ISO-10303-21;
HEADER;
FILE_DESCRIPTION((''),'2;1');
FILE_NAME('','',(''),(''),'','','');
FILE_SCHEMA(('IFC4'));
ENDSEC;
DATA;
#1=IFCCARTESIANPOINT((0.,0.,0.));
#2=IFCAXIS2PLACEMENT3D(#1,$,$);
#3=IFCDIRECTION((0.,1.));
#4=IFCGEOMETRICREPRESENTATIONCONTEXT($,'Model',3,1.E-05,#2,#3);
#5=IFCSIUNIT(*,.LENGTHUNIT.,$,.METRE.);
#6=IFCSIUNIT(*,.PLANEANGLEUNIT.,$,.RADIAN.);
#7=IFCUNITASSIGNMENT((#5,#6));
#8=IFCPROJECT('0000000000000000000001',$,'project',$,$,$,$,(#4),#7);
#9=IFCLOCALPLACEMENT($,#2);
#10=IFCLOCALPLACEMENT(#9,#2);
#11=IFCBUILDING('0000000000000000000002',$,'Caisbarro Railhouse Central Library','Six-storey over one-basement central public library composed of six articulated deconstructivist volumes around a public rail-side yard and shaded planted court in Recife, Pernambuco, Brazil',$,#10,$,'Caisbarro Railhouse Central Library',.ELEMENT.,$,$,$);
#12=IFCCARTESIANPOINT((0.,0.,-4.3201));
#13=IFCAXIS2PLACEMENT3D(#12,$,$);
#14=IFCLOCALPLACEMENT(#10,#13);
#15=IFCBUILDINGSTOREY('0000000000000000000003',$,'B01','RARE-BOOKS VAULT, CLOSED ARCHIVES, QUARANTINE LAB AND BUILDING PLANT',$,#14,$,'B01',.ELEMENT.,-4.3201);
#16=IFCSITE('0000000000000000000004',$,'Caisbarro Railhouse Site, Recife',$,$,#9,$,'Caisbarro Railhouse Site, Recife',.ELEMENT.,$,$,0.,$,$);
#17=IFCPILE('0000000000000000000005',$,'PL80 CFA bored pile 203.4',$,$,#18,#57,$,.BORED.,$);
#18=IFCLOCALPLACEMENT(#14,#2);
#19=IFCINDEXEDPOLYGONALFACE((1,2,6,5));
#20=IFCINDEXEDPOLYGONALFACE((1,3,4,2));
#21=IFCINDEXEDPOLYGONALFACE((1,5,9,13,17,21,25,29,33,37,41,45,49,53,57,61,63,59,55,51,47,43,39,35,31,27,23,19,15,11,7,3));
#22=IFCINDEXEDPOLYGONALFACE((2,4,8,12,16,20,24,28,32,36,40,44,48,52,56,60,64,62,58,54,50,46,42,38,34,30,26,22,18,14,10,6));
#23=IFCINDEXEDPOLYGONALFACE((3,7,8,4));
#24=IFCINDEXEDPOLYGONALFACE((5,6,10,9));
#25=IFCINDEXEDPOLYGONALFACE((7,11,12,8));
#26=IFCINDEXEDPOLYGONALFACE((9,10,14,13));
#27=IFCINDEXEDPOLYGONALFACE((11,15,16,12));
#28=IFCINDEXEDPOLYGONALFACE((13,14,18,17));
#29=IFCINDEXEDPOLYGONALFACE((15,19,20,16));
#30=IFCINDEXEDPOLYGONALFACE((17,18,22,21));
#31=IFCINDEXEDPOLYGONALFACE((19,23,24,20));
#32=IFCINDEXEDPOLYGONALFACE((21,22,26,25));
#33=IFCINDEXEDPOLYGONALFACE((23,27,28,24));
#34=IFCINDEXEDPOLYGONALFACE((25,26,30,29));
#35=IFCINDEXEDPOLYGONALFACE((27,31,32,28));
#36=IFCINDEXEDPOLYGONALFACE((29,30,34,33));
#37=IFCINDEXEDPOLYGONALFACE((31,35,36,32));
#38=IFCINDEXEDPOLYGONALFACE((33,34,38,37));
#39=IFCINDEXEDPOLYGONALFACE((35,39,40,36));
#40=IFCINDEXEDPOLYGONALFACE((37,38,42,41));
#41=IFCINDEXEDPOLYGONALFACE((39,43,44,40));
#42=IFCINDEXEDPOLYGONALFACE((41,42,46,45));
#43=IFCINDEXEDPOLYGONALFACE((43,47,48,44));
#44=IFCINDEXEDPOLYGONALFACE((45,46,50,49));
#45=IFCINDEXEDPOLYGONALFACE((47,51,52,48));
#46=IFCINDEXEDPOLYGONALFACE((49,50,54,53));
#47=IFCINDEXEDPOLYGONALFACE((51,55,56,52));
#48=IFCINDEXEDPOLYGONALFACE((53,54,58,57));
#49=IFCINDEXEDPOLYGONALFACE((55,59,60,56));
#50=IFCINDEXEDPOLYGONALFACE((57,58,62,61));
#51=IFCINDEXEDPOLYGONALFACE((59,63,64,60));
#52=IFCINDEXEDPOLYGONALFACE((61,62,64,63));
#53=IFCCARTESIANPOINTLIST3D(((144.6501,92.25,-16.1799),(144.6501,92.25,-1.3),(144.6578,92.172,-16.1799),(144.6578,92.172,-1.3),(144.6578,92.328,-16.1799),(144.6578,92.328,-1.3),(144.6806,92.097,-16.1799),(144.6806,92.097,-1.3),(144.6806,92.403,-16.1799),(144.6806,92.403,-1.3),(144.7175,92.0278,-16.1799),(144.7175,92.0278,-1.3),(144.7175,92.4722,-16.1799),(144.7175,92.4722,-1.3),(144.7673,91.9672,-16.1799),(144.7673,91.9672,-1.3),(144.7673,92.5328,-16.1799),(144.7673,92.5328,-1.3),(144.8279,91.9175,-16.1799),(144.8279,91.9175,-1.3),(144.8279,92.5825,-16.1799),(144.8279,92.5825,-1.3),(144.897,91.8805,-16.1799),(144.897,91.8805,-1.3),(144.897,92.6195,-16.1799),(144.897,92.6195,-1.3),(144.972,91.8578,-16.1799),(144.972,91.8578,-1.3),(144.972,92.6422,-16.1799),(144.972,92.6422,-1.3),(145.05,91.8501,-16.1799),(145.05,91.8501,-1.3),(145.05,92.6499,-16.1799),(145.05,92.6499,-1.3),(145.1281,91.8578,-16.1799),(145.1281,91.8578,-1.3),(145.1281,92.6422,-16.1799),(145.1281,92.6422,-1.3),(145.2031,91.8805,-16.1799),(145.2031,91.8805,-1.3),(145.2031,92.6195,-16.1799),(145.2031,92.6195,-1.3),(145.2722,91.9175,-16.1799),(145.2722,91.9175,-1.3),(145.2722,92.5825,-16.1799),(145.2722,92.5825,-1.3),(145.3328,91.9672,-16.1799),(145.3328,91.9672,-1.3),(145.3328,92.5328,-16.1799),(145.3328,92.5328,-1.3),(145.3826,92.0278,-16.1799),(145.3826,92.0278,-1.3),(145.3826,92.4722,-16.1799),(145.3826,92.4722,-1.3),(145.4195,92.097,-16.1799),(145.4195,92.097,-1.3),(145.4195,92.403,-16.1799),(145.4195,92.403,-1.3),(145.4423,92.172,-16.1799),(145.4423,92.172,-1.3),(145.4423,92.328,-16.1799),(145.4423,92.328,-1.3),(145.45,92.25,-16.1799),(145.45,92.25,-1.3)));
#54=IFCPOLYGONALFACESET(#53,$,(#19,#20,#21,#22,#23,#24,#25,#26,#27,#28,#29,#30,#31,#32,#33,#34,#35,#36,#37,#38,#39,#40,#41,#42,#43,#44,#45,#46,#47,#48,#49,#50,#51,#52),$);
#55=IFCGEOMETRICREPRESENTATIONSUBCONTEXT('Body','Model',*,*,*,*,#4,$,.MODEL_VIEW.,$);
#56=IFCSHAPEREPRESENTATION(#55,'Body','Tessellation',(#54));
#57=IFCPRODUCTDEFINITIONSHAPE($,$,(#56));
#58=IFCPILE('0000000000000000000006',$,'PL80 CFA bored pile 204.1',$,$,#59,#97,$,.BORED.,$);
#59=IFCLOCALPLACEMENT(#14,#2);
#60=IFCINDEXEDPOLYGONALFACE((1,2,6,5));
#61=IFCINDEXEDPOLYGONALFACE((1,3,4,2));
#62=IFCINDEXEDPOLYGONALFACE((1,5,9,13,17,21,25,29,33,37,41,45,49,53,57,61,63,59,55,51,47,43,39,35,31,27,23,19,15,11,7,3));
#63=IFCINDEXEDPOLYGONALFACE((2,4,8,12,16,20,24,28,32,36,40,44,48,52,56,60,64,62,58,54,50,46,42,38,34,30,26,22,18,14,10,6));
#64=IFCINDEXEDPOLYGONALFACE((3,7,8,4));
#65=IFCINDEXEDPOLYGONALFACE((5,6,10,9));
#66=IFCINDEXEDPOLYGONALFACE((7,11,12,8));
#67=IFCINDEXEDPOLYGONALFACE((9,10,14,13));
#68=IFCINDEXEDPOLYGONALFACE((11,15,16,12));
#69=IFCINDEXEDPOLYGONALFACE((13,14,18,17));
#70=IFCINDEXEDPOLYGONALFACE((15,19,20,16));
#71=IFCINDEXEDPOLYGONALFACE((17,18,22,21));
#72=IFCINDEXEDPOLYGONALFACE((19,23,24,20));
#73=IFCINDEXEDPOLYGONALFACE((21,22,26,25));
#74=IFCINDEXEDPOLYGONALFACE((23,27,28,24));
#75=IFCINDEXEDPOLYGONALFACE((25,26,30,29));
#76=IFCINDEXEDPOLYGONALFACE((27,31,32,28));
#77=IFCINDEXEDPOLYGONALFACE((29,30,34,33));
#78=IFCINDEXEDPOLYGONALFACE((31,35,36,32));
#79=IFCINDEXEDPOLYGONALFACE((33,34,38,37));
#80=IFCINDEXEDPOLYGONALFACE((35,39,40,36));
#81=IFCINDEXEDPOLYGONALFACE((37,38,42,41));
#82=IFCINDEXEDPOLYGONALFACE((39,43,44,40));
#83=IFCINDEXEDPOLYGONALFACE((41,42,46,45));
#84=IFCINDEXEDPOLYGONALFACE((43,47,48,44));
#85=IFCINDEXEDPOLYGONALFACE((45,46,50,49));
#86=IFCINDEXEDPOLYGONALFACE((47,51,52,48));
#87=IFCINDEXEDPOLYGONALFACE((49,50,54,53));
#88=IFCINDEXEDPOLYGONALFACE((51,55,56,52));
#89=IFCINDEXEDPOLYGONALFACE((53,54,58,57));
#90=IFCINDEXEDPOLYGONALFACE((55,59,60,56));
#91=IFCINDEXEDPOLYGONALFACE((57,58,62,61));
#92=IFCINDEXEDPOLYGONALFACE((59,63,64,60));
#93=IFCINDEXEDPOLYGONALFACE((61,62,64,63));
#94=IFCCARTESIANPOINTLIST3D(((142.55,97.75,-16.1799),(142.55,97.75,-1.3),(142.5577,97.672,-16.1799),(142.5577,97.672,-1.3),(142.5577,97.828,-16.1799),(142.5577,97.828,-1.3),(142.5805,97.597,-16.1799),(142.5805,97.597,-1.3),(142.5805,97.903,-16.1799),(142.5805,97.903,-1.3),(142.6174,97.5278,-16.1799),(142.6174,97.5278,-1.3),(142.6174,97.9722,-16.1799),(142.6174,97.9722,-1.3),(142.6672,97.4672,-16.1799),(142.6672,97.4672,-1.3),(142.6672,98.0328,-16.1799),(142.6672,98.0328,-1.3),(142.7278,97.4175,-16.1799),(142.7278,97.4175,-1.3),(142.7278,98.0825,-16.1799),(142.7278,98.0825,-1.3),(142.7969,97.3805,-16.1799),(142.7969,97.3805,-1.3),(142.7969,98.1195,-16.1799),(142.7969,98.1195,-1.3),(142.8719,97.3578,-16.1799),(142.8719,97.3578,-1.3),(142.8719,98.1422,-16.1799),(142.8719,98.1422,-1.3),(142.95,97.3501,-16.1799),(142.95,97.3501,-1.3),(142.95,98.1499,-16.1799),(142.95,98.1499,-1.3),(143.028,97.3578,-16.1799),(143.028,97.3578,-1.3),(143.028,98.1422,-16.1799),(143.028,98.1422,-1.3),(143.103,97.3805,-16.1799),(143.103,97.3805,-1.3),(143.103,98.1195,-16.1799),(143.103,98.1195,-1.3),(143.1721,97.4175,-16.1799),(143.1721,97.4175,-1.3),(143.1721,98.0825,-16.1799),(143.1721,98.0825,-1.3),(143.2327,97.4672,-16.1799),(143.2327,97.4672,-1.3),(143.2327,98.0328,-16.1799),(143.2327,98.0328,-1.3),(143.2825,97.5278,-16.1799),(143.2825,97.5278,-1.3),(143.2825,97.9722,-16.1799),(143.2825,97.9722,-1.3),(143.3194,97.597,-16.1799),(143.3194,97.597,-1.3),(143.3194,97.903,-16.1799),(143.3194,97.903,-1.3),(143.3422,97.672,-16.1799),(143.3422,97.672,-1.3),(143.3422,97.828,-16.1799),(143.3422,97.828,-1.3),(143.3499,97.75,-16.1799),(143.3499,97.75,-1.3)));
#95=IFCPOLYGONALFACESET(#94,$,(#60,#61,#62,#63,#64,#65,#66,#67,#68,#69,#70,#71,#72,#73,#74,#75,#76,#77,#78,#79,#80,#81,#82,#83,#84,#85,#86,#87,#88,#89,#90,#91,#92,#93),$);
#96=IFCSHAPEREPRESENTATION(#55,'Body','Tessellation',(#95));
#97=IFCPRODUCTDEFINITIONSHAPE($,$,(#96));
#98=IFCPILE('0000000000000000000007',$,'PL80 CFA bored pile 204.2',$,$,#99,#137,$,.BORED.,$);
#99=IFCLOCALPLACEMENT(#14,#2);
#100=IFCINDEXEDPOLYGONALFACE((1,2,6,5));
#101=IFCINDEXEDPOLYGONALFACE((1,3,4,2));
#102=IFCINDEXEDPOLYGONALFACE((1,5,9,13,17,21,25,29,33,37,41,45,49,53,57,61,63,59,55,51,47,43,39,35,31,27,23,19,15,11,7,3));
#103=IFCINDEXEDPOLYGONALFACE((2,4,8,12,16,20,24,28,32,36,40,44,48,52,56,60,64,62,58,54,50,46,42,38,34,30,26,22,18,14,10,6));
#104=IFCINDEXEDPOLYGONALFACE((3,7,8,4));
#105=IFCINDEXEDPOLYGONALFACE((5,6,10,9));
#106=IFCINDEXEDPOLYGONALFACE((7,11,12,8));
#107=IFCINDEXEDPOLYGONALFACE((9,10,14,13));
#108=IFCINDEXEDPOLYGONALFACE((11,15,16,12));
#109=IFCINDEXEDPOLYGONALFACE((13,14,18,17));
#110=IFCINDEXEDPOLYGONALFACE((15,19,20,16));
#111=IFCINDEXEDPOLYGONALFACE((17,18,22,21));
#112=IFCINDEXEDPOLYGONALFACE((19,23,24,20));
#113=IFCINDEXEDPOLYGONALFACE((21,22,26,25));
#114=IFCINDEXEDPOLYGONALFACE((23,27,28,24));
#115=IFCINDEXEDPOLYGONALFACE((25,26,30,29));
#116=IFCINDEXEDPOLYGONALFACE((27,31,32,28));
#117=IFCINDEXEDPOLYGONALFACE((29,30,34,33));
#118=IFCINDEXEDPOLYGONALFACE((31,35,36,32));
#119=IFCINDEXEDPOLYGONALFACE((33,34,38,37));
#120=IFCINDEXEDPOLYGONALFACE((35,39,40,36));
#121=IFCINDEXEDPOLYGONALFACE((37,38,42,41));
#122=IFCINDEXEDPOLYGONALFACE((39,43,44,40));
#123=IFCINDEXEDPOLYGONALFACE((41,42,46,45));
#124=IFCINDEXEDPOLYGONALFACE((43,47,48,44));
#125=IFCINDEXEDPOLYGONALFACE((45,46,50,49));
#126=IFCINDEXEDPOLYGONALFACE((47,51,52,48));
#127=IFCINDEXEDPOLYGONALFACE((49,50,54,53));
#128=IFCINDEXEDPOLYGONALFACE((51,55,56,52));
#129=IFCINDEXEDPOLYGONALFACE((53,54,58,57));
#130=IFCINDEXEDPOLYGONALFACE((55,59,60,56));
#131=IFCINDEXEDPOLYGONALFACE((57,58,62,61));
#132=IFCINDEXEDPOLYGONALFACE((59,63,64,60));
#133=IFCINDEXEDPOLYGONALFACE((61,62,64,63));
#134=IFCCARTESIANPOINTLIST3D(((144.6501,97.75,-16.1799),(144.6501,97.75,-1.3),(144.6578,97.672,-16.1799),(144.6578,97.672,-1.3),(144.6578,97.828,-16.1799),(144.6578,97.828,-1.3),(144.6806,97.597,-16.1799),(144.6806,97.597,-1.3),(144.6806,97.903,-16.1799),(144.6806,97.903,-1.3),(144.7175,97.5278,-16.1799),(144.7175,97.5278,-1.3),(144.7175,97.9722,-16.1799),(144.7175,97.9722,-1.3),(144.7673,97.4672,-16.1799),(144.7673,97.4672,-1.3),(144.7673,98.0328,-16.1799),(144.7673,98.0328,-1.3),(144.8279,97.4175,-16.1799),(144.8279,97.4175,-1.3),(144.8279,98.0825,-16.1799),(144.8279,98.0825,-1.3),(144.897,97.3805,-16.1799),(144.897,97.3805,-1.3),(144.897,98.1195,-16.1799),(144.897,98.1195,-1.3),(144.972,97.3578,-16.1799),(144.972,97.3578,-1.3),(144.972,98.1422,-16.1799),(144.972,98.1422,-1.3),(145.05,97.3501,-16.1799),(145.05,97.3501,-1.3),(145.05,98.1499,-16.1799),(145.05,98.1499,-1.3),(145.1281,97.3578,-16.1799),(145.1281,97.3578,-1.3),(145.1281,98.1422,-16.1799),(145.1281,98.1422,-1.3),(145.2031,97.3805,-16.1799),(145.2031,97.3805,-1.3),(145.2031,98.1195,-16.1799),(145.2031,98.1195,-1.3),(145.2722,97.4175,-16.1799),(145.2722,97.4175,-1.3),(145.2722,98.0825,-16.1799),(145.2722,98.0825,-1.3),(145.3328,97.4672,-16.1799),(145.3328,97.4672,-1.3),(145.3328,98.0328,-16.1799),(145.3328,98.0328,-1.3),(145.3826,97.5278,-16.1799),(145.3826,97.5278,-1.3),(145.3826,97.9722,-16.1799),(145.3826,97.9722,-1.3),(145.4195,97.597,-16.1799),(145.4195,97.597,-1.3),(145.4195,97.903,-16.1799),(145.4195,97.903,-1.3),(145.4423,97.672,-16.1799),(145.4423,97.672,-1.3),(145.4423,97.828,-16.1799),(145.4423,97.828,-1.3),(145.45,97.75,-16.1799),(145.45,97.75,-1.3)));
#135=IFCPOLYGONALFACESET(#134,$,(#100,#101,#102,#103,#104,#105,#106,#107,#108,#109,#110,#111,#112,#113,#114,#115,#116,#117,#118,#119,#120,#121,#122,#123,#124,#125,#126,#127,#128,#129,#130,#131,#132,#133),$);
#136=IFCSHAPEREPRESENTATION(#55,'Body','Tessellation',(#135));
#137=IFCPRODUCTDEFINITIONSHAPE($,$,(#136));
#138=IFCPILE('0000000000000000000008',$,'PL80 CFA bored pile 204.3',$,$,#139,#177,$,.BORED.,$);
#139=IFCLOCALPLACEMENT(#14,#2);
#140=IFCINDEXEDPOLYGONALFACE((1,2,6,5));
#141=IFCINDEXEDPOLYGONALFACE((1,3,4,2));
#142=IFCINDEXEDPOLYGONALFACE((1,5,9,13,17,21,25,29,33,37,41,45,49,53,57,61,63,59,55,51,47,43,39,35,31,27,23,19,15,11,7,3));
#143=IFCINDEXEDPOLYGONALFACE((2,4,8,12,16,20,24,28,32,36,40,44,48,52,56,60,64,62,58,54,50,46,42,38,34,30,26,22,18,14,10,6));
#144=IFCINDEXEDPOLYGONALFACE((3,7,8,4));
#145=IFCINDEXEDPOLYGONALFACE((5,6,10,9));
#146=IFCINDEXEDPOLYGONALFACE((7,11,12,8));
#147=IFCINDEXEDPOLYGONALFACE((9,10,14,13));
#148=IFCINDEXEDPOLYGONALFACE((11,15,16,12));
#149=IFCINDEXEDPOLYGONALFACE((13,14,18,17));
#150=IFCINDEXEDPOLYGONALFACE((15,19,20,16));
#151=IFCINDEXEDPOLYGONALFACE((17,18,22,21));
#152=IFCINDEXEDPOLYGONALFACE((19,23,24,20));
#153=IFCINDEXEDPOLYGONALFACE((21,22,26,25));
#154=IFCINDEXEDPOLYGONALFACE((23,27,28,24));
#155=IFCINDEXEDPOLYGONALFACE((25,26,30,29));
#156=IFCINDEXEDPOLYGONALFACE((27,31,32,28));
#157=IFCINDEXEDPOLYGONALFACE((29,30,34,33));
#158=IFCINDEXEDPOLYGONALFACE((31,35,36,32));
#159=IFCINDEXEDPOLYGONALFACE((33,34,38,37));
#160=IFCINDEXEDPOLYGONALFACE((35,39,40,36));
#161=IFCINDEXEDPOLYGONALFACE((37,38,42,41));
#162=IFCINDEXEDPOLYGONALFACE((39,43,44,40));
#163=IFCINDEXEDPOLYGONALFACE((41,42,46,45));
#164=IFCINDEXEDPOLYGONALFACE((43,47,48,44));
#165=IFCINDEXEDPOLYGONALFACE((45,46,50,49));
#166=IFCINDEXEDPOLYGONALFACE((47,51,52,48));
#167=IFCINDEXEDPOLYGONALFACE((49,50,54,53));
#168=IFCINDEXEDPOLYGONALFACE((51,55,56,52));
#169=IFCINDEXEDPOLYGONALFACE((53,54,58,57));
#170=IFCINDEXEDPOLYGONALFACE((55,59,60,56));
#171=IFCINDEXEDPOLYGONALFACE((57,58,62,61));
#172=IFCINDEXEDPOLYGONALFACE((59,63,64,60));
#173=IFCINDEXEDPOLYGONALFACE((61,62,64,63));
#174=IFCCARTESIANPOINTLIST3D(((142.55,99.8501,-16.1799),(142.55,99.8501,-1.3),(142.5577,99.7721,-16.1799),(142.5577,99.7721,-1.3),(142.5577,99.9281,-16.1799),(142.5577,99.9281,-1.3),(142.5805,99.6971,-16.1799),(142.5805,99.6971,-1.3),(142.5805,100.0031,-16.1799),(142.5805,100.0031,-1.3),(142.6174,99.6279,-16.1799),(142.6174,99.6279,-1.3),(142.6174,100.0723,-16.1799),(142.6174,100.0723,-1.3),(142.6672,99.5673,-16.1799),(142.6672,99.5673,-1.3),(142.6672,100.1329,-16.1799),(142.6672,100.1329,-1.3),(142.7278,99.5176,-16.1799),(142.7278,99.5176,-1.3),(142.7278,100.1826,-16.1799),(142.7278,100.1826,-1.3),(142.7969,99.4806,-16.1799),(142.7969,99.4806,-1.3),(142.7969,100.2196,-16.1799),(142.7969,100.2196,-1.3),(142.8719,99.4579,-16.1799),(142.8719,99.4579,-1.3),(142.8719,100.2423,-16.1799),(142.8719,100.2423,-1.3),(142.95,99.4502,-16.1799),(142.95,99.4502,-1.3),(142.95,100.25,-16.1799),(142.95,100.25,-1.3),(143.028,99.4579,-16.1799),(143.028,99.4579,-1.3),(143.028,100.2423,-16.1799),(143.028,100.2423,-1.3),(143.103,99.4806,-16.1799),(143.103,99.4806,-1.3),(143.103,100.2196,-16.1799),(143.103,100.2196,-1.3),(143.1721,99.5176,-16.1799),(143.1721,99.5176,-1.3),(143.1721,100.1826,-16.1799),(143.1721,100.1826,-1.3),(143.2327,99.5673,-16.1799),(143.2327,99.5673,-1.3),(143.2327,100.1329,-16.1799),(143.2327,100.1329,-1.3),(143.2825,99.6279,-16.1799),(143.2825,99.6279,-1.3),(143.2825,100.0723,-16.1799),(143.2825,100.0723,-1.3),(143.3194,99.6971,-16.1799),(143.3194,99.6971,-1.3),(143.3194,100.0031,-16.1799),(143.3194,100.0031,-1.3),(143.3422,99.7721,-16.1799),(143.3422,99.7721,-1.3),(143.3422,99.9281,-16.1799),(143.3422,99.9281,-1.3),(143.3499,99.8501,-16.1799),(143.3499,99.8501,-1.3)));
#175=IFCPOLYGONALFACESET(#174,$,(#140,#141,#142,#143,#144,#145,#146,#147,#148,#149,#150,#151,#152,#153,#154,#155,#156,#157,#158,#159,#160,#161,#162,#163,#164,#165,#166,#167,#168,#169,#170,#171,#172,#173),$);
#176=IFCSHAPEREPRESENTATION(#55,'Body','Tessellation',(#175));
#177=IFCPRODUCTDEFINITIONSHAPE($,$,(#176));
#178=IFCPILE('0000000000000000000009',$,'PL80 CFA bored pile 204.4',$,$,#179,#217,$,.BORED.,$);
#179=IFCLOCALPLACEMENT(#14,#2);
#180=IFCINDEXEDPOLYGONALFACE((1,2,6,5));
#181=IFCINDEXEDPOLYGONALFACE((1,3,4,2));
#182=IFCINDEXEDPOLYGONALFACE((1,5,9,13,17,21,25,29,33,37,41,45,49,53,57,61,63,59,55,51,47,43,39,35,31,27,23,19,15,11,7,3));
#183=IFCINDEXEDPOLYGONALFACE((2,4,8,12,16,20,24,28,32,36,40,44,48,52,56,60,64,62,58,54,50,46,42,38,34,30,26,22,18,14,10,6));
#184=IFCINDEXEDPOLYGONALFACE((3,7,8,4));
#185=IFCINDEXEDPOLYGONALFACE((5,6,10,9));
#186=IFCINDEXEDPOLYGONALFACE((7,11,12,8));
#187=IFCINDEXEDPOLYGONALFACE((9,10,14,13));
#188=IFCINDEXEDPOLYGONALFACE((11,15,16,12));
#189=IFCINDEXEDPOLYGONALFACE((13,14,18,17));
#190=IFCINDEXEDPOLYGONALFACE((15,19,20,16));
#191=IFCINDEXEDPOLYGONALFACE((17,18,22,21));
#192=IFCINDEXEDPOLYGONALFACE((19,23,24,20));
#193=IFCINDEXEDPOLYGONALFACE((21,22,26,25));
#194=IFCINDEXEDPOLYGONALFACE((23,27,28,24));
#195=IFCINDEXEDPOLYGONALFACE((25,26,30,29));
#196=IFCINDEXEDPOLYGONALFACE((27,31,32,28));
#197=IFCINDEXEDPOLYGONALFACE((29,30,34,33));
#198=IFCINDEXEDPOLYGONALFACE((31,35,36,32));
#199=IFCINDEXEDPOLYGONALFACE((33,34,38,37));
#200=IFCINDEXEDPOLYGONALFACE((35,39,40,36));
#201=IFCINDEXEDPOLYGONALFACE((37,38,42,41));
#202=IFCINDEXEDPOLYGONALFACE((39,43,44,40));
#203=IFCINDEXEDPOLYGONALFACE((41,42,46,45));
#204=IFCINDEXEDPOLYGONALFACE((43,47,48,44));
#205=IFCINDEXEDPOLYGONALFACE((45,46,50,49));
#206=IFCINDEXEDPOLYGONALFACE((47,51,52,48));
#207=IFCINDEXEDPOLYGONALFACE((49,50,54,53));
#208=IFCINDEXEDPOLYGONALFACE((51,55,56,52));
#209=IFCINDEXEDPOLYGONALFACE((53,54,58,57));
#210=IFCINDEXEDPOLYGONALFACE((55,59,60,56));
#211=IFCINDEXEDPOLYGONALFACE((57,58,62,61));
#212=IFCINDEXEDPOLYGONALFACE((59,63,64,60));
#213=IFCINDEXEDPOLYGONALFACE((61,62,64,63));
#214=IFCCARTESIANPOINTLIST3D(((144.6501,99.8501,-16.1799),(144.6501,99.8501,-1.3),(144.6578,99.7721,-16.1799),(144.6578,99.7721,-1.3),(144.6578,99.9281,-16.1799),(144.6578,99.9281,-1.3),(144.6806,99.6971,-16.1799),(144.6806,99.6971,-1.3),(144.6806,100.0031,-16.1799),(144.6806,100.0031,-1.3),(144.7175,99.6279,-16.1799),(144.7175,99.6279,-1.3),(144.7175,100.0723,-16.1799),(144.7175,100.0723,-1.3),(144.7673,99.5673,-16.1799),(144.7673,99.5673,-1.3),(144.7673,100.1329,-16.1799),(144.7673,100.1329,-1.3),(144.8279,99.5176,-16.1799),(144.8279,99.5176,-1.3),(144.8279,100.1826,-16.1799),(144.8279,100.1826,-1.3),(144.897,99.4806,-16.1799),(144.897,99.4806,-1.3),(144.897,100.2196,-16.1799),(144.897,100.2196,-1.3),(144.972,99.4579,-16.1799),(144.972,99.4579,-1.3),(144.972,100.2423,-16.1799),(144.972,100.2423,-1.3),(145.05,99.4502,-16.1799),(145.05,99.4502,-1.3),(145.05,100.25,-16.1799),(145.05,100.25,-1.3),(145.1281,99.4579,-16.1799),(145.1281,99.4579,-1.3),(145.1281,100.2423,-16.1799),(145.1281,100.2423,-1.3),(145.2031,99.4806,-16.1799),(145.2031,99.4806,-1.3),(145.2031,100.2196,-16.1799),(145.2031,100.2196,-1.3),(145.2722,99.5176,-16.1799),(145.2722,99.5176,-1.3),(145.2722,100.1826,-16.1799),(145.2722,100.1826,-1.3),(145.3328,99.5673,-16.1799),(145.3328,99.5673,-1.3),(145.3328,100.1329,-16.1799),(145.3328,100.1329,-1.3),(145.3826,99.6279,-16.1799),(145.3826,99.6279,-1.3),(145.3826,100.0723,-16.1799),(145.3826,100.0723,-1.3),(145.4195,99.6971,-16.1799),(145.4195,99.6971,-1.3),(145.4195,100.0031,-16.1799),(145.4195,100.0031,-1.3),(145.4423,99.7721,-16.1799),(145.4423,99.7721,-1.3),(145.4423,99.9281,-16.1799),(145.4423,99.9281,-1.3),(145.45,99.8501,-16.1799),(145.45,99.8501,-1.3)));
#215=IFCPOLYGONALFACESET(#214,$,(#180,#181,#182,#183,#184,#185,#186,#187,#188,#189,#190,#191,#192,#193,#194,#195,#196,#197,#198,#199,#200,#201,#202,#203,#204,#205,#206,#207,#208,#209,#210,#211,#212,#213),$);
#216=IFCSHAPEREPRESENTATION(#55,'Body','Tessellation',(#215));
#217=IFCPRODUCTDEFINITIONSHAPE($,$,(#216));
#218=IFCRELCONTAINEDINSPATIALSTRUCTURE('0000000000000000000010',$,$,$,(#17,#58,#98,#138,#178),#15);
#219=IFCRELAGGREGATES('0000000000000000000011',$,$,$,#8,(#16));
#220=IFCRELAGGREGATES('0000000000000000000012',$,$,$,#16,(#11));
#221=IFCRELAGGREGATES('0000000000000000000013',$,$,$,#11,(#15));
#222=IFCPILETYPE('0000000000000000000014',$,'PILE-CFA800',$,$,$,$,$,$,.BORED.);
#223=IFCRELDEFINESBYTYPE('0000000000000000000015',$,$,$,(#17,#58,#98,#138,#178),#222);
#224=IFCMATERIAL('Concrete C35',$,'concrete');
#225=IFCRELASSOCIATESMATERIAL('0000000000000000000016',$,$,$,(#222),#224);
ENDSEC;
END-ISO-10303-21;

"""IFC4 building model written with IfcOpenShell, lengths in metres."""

from ifc_helpers import new_model, si_unit, direction, frame, origin, origin_2d, place, context, subcontext, project, spatial, circle, extrude, material, material_profile, profile_set, type_object, element, save


model = new_model("IFC4")

# Units and contexts
model_context = context("Model", 3, precision=1e-05, world=origin(), true_north=direction((0.0, 1.0)))
body_context = subcontext(model_context, "Body", "Model", "MODEL_VIEW")
ifc_project = project(units=[si_unit("LENGTHUNIT", "METRE"), si_unit("PLANEANGLEUNIT", "RADIAN")], contexts=[model_context])

# Site, building, storey
site_placement = place(None, origin())
site = spatial("IfcSite", under=ifc_project, at=site_placement, Name="Caisbarro Railhouse Site, Recife", LongName="Caisbarro Railhouse Site, Recife", CompositionType="ELEMENT", RefElevation=0.0)
building_placement = place(site_placement, origin())
building = spatial("IfcBuilding", under=site, at=building_placement, Name="Caisbarro Railhouse Central Library", Description="Six-storey over one-basement central public library composed of six articulated deconstructivist volumes around a public rail-side yard and shaded planted court in Recife, Pernambuco, Brazil", LongName="Caisbarro Railhouse Central Library", CompositionType="ELEMENT")
storey_placement = place(building_placement, frame((0.0, 0.0, -4.3201)))
storey = spatial("IfcBuildingStorey", under=building, at=storey_placement, Name="B01", Description="RARE-BOOKS VAULT, CLOSED ARCHIVES, QUARANTINE LAB AND BUILDING PLANT", LongName="B01", CompositionType="ELEMENT", Elevation=-4.3201)

# Shared definitions
ifc_material_1 = material(Name="Concrete C35", Category="concrete")

# Piles
ifc_material_profile_1 = material_profile(ifc_material_1, circle(Radius=0.3999, at=origin_2d()), Name="PILE-CFA-800")
ifc_profile_set_1 = profile_set([ifc_material_profile_1], Name="Concrete C35")
pile_type_1 = type_object("IfcPileType", Name="PILE-CFA800", PredefinedType="BORED", material=ifc_profile_set_1)
for number, where, z_axis, x_axis, name in (
    (1, (145.05, 92.25, -1.3), (0.0, 0.0, -1.0), (1.0, 0.0, 0.0), "PL80 CFA bored pile 203.4"),
    (2, (142.95, 97.75, -1.3), (0.0, 0.0, -1.0), (1.0, 0.0, 0.0), "PL80 CFA bored pile 204.1"),
    (3, (145.05, 97.75, -1.3), (0.0, 0.0, -1.0), (1.0, 0.0, 0.0), "PL80 CFA bored pile 204.2"),
    (4, (142.95, 99.8501, -1.3), (0.0, 0.0, -1.0), (1.0, 0.0, 0.0), "PL80 CFA bored pile 204.3"),
    (5, (145.05, 99.8501, -1.3), (0.0, 0.0, -1.0), (1.0, 0.0, 0.0), "PL80 CFA bored pile 204.4"),
):
    element("IfcPile", number, at=place(storey_placement, frame(where, z_axis=z_axis, x_axis=x_axis)), inside=storey, type_object=pile_type_1, Name=name, PredefinedType="BORED", context=body_context, shape_type="SweptSolid", body=[
        extrude(circle(Radius=0.3999, at=origin_2d()), origin(), (0.0, 0.0, 1.0), 14.8799),
    ])

save(model, "model.ifc")
